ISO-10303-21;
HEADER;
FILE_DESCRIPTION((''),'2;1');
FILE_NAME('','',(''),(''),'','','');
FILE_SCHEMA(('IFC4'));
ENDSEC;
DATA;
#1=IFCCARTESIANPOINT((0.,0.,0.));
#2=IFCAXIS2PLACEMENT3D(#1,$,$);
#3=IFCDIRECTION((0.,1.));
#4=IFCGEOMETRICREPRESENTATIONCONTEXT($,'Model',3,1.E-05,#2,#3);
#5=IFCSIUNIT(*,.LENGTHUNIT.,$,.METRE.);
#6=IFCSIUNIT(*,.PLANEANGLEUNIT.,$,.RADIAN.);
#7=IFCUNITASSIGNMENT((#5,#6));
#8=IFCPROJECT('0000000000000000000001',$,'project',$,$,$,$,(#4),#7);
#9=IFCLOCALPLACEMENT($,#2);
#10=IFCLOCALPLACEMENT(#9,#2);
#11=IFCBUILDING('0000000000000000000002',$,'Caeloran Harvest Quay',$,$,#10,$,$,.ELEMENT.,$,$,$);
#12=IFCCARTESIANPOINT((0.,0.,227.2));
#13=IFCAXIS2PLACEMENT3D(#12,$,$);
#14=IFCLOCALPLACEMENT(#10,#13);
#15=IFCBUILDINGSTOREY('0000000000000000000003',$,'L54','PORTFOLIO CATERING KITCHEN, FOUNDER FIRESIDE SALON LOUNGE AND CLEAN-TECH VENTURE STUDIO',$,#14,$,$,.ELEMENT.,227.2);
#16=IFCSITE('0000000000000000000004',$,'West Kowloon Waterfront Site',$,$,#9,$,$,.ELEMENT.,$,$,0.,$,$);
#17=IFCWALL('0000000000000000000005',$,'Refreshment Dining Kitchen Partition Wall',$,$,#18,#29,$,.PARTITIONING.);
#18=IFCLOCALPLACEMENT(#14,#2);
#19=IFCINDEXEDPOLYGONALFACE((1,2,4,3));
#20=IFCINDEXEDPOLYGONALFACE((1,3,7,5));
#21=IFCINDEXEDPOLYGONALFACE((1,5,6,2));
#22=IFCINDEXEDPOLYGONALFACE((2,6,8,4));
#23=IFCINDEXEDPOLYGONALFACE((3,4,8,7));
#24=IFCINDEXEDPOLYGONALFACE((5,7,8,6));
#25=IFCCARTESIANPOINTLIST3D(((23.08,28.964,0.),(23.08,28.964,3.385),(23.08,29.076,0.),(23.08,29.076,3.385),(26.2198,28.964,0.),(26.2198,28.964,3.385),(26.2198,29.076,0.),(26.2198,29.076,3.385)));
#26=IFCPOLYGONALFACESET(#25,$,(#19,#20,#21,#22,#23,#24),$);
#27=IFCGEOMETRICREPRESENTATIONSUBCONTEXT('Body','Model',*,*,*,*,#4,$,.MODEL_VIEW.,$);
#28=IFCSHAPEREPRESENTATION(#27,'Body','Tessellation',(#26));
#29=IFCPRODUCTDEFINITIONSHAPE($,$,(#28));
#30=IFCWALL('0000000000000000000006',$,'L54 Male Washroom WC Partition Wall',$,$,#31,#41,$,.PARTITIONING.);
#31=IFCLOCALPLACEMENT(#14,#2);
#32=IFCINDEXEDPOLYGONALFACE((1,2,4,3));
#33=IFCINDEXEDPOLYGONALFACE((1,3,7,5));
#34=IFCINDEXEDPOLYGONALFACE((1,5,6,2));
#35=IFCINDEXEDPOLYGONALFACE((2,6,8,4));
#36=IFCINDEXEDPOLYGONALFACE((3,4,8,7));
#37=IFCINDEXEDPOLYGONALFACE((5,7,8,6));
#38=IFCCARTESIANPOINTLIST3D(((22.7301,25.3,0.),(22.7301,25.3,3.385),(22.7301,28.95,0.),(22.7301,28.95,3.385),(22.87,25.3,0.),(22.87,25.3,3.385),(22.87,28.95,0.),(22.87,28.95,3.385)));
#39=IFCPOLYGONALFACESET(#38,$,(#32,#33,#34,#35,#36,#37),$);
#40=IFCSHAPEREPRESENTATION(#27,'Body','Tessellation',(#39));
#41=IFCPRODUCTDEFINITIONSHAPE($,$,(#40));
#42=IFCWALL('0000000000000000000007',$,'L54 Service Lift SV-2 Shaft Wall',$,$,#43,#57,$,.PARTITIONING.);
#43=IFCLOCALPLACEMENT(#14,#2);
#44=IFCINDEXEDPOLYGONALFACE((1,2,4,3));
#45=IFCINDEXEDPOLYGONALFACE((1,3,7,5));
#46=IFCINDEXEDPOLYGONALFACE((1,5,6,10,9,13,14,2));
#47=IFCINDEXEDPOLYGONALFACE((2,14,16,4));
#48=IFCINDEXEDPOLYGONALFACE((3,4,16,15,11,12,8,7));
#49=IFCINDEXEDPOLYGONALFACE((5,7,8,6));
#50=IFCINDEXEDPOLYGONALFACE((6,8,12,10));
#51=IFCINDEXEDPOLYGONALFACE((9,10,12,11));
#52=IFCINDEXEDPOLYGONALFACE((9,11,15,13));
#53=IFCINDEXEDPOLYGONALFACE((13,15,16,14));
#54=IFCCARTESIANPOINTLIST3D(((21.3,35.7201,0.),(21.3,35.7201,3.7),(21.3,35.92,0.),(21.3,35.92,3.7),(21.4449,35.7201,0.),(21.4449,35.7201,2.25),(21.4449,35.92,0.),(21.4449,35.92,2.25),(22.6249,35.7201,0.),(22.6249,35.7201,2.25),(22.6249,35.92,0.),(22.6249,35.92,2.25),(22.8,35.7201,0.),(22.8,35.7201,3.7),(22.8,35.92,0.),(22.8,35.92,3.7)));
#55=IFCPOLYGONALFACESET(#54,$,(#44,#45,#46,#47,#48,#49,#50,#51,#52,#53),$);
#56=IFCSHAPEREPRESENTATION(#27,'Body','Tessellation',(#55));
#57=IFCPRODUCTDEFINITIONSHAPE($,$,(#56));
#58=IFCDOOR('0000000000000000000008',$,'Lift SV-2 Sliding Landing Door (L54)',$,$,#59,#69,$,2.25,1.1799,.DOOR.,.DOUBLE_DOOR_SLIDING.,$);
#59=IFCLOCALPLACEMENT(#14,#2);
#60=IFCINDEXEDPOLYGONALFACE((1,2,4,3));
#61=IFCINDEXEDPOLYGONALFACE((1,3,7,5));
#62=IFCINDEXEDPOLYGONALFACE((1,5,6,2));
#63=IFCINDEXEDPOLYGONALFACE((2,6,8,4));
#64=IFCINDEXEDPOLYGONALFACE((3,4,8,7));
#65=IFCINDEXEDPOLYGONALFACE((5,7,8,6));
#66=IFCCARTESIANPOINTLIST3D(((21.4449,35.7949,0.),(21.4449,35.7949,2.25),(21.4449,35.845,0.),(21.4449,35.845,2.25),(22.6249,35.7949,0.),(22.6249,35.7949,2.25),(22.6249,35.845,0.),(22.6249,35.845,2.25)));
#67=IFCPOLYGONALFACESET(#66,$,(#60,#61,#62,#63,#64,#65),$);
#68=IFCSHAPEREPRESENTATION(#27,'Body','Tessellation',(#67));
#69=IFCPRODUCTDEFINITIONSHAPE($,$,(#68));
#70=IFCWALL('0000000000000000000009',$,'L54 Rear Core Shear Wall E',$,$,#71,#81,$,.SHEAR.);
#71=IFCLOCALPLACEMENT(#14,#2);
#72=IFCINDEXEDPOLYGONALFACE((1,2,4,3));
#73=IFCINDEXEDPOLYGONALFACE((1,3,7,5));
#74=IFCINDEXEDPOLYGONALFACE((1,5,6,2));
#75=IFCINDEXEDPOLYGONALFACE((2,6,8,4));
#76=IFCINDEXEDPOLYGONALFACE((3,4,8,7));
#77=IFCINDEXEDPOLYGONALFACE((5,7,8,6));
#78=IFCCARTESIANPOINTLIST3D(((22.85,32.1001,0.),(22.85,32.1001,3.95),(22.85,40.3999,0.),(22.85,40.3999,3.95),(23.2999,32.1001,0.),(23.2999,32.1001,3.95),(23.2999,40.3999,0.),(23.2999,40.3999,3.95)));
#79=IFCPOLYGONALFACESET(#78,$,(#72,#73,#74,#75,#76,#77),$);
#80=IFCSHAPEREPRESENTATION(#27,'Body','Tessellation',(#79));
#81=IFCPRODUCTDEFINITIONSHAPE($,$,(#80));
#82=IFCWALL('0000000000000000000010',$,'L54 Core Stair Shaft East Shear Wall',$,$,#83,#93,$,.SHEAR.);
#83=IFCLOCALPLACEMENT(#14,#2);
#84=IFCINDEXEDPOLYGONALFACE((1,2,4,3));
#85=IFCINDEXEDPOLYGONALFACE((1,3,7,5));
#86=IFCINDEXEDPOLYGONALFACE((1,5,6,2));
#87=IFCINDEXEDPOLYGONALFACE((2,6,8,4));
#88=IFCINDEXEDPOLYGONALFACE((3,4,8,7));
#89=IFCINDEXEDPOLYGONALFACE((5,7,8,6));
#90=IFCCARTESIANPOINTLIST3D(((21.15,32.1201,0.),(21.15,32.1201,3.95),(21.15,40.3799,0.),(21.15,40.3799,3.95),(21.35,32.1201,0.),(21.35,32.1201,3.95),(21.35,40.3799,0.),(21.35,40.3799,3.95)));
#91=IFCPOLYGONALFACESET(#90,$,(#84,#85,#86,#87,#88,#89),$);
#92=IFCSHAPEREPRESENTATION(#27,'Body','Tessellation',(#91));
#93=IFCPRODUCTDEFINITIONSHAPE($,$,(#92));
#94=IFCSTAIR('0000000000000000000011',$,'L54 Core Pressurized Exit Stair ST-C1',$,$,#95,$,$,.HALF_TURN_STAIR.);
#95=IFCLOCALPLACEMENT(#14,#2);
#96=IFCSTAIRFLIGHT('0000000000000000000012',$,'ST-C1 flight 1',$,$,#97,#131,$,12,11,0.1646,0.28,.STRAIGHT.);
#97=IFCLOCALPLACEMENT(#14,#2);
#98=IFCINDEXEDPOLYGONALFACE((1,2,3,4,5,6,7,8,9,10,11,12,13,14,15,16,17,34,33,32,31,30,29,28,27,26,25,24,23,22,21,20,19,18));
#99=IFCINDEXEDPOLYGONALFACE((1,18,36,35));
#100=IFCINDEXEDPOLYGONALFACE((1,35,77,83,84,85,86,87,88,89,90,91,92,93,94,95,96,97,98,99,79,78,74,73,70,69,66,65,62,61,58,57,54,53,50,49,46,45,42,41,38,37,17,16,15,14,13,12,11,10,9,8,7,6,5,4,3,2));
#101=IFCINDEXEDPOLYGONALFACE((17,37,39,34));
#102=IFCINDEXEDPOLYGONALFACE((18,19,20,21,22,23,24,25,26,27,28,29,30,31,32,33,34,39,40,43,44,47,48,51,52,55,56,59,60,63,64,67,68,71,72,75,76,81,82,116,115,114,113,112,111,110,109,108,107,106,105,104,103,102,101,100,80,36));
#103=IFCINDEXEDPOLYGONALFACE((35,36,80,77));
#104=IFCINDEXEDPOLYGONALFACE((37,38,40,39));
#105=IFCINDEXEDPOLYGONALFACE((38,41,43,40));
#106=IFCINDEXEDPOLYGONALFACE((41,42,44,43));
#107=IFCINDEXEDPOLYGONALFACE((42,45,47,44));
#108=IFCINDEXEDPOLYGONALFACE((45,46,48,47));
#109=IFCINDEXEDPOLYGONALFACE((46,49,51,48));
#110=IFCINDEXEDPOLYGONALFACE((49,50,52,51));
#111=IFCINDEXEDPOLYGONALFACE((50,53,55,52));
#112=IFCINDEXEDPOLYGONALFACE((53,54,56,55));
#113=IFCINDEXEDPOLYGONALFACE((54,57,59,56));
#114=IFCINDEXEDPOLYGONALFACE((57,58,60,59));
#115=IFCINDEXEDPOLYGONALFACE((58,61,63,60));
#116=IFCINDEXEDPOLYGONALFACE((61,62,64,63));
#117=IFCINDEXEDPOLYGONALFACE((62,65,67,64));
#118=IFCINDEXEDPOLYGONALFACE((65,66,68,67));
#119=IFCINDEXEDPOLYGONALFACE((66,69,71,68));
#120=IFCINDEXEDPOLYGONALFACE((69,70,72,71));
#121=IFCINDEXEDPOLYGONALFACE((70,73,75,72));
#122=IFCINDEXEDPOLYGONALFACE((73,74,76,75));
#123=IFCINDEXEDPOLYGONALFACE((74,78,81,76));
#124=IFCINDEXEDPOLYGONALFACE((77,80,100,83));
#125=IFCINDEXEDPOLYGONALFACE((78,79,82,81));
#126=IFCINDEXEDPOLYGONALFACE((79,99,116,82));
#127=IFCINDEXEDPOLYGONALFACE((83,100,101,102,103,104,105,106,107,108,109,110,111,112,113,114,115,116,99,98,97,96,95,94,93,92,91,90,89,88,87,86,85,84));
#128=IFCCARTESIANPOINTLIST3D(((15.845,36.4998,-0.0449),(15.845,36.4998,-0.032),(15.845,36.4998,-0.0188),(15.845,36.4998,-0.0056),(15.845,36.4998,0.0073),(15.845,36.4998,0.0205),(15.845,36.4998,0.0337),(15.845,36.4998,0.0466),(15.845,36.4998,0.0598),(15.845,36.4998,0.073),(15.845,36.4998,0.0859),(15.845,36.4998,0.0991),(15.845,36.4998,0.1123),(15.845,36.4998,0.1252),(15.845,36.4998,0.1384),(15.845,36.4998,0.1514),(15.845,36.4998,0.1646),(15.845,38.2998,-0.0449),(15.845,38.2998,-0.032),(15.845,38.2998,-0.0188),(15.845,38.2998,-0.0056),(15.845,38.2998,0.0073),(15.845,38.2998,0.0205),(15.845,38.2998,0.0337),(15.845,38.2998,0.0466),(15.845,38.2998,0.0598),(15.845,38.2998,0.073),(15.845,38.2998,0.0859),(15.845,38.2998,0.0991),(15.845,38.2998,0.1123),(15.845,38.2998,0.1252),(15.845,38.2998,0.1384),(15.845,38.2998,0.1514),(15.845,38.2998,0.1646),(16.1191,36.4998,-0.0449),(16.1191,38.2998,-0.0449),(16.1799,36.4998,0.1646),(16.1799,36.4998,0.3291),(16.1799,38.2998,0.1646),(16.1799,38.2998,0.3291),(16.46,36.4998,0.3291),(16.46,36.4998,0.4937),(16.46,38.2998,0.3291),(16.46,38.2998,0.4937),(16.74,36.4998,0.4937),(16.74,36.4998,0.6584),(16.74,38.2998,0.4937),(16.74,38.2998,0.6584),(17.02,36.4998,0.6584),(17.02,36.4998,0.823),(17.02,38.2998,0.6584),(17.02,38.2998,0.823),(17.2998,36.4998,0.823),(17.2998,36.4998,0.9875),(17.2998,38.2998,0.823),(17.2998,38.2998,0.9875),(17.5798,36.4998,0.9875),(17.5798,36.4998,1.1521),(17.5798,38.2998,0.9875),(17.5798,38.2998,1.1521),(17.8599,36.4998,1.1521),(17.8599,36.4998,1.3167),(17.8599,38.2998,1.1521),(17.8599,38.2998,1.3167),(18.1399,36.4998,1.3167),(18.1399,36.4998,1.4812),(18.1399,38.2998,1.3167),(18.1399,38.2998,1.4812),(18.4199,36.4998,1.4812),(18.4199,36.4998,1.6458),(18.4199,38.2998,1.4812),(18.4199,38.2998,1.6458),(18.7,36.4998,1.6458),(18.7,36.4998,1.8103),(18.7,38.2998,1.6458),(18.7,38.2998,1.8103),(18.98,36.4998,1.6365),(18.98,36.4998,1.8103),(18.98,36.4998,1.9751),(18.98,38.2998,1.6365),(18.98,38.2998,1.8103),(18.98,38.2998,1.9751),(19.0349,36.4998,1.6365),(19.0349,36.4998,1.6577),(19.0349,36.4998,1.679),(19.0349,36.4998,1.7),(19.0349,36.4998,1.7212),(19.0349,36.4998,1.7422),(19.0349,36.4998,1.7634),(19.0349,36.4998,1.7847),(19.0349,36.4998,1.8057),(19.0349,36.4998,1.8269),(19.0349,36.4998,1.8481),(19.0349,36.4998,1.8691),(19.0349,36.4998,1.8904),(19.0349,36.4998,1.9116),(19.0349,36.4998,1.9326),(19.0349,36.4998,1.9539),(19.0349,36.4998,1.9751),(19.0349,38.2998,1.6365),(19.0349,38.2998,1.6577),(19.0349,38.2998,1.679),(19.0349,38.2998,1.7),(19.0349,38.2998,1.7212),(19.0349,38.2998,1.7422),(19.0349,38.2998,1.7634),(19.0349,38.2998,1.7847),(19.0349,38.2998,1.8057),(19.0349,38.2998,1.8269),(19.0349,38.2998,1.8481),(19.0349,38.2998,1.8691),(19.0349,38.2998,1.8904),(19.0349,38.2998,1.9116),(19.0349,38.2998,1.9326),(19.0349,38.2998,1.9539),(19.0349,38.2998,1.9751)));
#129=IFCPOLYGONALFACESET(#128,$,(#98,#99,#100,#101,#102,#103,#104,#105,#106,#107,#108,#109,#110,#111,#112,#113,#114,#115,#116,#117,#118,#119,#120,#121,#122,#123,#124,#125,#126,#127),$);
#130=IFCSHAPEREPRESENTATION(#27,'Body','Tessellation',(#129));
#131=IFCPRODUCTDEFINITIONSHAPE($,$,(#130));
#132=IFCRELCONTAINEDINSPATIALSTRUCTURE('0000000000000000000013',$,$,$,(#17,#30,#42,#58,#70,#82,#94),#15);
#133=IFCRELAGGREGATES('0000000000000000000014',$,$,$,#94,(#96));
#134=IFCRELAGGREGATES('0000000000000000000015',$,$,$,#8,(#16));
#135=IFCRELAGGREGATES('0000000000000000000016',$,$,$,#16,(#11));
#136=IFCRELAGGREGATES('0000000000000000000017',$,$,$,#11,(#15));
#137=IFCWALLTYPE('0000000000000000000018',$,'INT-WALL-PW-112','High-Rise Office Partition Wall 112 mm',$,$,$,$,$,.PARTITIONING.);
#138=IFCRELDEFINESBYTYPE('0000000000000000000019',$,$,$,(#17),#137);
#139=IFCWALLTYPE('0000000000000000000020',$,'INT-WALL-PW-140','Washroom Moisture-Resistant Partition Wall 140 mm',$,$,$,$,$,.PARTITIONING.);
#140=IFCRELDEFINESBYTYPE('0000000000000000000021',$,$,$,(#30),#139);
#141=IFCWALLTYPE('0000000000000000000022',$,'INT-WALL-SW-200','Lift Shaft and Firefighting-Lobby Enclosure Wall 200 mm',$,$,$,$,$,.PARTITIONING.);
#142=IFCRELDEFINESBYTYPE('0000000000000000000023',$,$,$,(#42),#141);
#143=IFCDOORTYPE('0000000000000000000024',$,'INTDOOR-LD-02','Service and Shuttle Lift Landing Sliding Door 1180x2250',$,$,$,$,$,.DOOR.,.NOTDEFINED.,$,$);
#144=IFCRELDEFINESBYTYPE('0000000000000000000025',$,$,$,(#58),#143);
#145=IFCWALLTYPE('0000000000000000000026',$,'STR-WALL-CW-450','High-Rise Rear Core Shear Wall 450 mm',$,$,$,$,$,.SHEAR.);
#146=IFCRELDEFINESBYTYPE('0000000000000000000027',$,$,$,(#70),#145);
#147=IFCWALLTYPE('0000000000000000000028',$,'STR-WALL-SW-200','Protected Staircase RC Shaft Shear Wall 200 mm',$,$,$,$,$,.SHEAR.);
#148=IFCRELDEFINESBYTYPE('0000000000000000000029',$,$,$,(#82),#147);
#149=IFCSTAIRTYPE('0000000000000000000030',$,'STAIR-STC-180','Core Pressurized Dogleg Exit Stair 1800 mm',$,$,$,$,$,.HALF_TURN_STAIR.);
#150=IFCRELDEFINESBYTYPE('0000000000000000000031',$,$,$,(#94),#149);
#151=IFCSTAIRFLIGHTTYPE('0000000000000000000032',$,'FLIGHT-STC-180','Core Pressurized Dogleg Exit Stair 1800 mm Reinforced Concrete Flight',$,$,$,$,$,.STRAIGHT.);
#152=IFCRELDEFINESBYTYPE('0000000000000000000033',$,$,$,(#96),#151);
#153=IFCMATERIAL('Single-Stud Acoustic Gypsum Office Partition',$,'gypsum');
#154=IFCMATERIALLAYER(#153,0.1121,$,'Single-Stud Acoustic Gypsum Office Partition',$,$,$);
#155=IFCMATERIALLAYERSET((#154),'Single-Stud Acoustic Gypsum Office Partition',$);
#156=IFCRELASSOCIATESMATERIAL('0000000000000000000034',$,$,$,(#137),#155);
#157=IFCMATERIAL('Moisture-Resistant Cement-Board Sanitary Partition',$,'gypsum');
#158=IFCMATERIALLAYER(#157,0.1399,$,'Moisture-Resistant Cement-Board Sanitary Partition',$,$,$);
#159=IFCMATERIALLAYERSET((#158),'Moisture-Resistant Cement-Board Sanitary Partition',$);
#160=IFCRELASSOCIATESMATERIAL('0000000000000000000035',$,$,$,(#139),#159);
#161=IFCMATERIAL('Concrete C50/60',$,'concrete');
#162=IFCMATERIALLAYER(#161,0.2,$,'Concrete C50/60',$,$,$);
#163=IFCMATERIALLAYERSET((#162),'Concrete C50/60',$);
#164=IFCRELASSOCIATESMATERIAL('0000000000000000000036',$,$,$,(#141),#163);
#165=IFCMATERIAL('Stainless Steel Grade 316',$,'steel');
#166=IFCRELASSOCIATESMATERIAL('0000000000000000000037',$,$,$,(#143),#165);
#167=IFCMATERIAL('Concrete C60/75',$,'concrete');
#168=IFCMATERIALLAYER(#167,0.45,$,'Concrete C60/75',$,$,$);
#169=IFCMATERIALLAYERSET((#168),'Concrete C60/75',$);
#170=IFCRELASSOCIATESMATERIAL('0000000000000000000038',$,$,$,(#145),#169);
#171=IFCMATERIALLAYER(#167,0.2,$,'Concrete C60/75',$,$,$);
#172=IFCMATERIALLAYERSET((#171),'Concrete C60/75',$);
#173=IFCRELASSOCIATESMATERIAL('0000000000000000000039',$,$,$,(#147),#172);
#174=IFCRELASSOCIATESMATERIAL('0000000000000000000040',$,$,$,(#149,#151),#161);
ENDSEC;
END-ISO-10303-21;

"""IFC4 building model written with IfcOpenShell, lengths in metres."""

from ifc_helpers import new_model, si_unit, direction, frame, frame_2d, origin, place, context, subcontext, project, spatial, polyline, rectangle, outline, extrude, material, layer, layer_set, type_object, element, fill, aggregate, save


model = new_model("IFC4")

# Units and contexts
model_context = context("Model", 3, precision=1e-05, world=origin(), true_north=direction((0.0, 1.0)))
body_context = subcontext(model_context, "Body", "Model", "MODEL_VIEW")
ifc_project = project(units=[si_unit("LENGTHUNIT", "METRE"), si_unit("PLANEANGLEUNIT", "RADIAN")], contexts=[model_context])

# Site, building, storey
site_placement = place(None, origin())
site = spatial("IfcSite", under=ifc_project, at=site_placement, Name="West Kowloon Waterfront Site", CompositionType="ELEMENT", RefElevation=0.0)
building_placement = place(site_placement, origin())
building = spatial("IfcBuilding", under=site, at=building_placement, Name="Caeloran Harvest Quay", CompositionType="ELEMENT")
storey_placement = place(building_placement, frame((0.0, 0.0, 227.2)))
storey = spatial("IfcBuildingStorey", under=building, at=storey_placement, Name="L54", Description="PORTFOLIO CATERING KITCHEN, FOUNDER FIRESIDE SALON LOUNGE AND CLEAN-TECH VENTURE STUDIO", CompositionType="ELEMENT", Elevation=227.2)

# Walls
ifc_material_1 = material(Name="Single-Stud Acoustic Gypsum Office Partition", Category="gypsum")
ifc_layer_1 = layer(ifc_material_1, 0.1121, Name="Single-Stud Acoustic Gypsum Office Partition")
ifc_layer_set_1 = layer_set([ifc_layer_1], Name="Single-Stud Acoustic Gypsum Office Partition")
wall_type_1 = type_object("IfcWallType", Name="INT-WALL-PW-112", Description="High-Rise Office Partition Wall 112 mm", PredefinedType="PARTITIONING", material=ifc_layer_set_1)
wall_1_placement = place(storey_placement, frame((23.0801, 29.02, 0.0), z_axis=(0.0, 0.0, 1.0), x_axis=(1.0, 0.0, 0.0)))
element("IfcWall", 1, at=wall_1_placement, inside=storey, type_object=wall_type_1, Name="Refreshment Dining Kitchen Partition Wall", PredefinedType="PARTITIONING", context=body_context, shape_type="SweptSolid", body=[
    extrude(rectangle(XDim=3.1399, YDim=0.1121, at=frame_2d((1.5698, 0.0))), origin(), (0.0, 0.0, 1.0), 3.385),
])
ifc_material_2 = material(Name="Moisture-Resistant Cement-Board Sanitary Partition", Category="gypsum")
ifc_layer_2 = layer(ifc_material_2, 0.1399, Name="Moisture-Resistant Cement-Board Sanitary Partition")
ifc_layer_set_2 = layer_set([ifc_layer_2], Name="Moisture-Resistant Cement-Board Sanitary Partition")
wall_type_2 = type_object("IfcWallType", Name="INT-WALL-PW-140", Description="Washroom Moisture-Resistant Partition Wall 140 mm", PredefinedType="PARTITIONING", material=ifc_layer_set_2)
wall_2_placement = place(storey_placement, frame((22.8, 28.95, 0.0), z_axis=(0.0, 0.0, 1.0), x_axis=(0.0, -1.0, 0.0)))
element("IfcWall", 2, at=wall_2_placement, inside=storey, type_object=wall_type_2, Name="L54 Male Washroom WC Partition Wall", PredefinedType="PARTITIONING", context=body_context, shape_type="SweptSolid", body=[
    extrude(rectangle(XDim=3.6499, YDim=0.1399, at=frame_2d((1.825, 0.0))), origin(), (0.0, 0.0, 1.0), 3.385),
])

# Wall, opening, door
ifc_material_3 = material(Name="Concrete C50/60", Category="concrete")
ifc_layer_3 = layer(ifc_material_3, 0.2, Name="Concrete C50/60")
ifc_layer_set_3 = layer_set([ifc_layer_3], Name="Concrete C50/60")
wall_type_3 = type_object("IfcWallType", Name="INT-WALL-SW-200", Description="Lift Shaft and Firefighting-Lobby Enclosure Wall 200 mm", PredefinedType="PARTITIONING", material=ifc_layer_set_3)
wall_3_placement = place(storey_placement, frame((21.3, 35.8201, 0.0), z_axis=(0.0, 0.0, 1.0), x_axis=(1.0, 0.0, 0.0)))
wall_3 = element("IfcWall", 3, at=wall_3_placement, inside=storey, type_object=wall_type_3, Name="L54 Service Lift SV-2 Shaft Wall", PredefinedType="PARTITIONING", context=body_context, shape_type="SweptSolid", body=[
    extrude(rectangle(XDim=1.5, YDim=0.2, at=frame_2d((0.75, 0.0))), origin(), (0.0, 0.0, 1.0), 3.7),
])
opening_placement = place(wall_3_placement, frame((0.145, 0.0, 0.0)))
opening = element("IfcOpeningElement", 4, at=opening_placement, cuts=wall_3, PredefinedType="OPENING", context=body_context, shape_type="SweptSolid", body=[
    extrude(rectangle(XDim=1.1799, YDim=2.25, at=frame_2d((0.5898, 1.125))), frame((0.0, 0.1099, 0.0), z_axis=(0.0, -1.0, 0.0), x_axis=(1.0, 0.0, 0.0)), (0.0, 0.0, 1.0), 0.22),
])
ifc_material_4 = material(Name="Stainless Steel Grade 316", Category="steel")
door_type = type_object("IfcDoorType", Name="INTDOOR-LD-02", Description="Service and Shuttle Lift Landing Sliding Door 1180x2250", OperationType="NOTDEFINED", PredefinedType="DOOR", material=ifc_material_4)
door_placement = place(opening_placement, origin())
door = element("IfcDoor", 5, at=door_placement, inside=storey, type_object=door_type, Name="Lift SV-2 Sliding Landing Door (L54)", OperationType="DOUBLE_DOOR_SLIDING", OverallHeight=2.25, OverallWidth=1.1799, PredefinedType="DOOR", context=body_context, shape_type="SweptSolid", body=[
    extrude(rectangle(XDim=1.1799, YDim=2.25, at=frame_2d((0.5898, 1.125))), frame((0.0, 0.0249, 0.0), z_axis=(0.0, -1.0, 0.0), x_axis=(1.0, 0.0, 0.0)), (0.0, 0.0, 1.0), 0.05),
])
fill(opening, door)

# Walls
ifc_material_5 = material(Name="Concrete C60/75", Category="concrete")
ifc_layer_4 = layer(ifc_material_5, 0.45, Name="Concrete C60/75")
ifc_layer_set_4 = layer_set([ifc_layer_4], Name="Concrete C60/75")
wall_type_4 = type_object("IfcWallType", Name="STR-WALL-CW-450", Description="High-Rise Rear Core Shear Wall 450 mm", PredefinedType="SHEAR", material=ifc_layer_set_4)
wall_4_placement = place(storey_placement, frame((23.075, 32.1001, 0.0), z_axis=(0.0, 0.0, 1.0), x_axis=(0.0, 1.0, 0.0)))
element("IfcWall", 6, at=wall_4_placement, inside=storey, type_object=wall_type_4, Name="L54 Rear Core Shear Wall E", PredefinedType="SHEAR", context=body_context, shape_type="SweptSolid", body=[
    extrude(rectangle(XDim=8.2998, YDim=0.45, at=frame_2d((4.1499, 0.0))), origin(), (0.0, 0.0, 1.0), 3.95),
])
ifc_layer_5 = layer(ifc_material_5, 0.2, Name="Concrete C60/75")
ifc_layer_set_5 = layer_set([ifc_layer_5], Name="Concrete C60/75")
wall_type_5 = type_object("IfcWallType", Name="STR-WALL-SW-200", Description="Protected Staircase RC Shaft Shear Wall 200 mm", PredefinedType="SHEAR", material=ifc_layer_set_5)
wall_5_placement = place(storey_placement, frame((21.25, 32.1201, 0.0), z_axis=(0.0, 0.0, 1.0), x_axis=(0.0, 1.0, 0.0)))
element("IfcWall", 7, at=wall_5_placement, inside=storey, type_object=wall_type_5, Name="L54 Core Stair Shaft East Shear Wall", PredefinedType="SHEAR", context=body_context, shape_type="SweptSolid", body=[
    extrude(rectangle(XDim=8.2598, YDim=0.2, at=frame_2d((4.1299, 0.0))), origin(), (0.0, 0.0, 1.0), 3.95),
])

# Stair, stair flight
stair_type = type_object("IfcStairType", Name="STAIR-STC-180", Description="Core Pressurized Dogleg Exit Stair 1800 mm", PredefinedType="HALF_TURN_STAIR", material=ifc_material_3)
stair_1_placement = place(storey_placement, origin())
stair_1 = element("IfcStair", 8, at=stair_1_placement, inside=storey, type_object=stair_type, Name="L54 Core Pressurized Exit Stair ST-C1", PredefinedType="HALF_TURN_STAIR")
stair_flight_type = type_object("IfcStairFlightType", Name="FLIGHT-STC-180", Description="Core Pressurized Dogleg Exit Stair 1800 mm Reinforced Concrete Flight", PredefinedType="STRAIGHT", material=ifc_material_3)
stair_flight_1_placement = place(storey_placement, frame((15.8999, 37.3999, 0.0), z_axis=(0.0, 0.0, 1.0), x_axis=(1.0, 0.0, 0.0)))
stair_flight_1 = element("IfcStairFlight", 9, at=stair_flight_1_placement, type_object=stair_flight_type, Name="ST-C1 flight 1", NumberOfRisers=12, NumberOfTreads=11, PredefinedType="STRAIGHT", RiserHeight=0.1646, TreadLength=0.28, context=body_context, shape_type="SweptSolid", body=[
    extrude(outline(polyline([(-0.0549, -0.0449), (-0.0549, -0.032), (-0.0549, -0.0188), (-0.0549, -0.0056), (-0.0549, 0.0073), (-0.0549, 0.0205), (-0.0549, 0.0337), (-0.0549, 0.0466), (-0.0549, 0.0598), (-0.0549, 0.073), (-0.0549, 0.0859), (-0.0549, 0.0991), (-0.0549, 0.1123), (-0.0549, 0.1252), (-0.0549, 0.1384), (-0.0549, 0.1514), (-0.0549, 0.1646), (0.28, 0.1646), (0.28, 0.3291), (0.5601, 0.3291), (0.5601, 0.4937), (0.8401, 0.4937), (0.8401, 0.6584), (1.1201, 0.6584), (1.1201, 0.823), (1.3999, 0.823), (1.3999, 0.9875), (1.6799, 0.9875), (1.6799, 1.1521), (1.96, 1.1521), (1.96, 1.3167), (2.24, 1.3167), (2.24, 1.4812), (2.52, 1.4812), (2.52, 1.6458), (2.8, 1.6458), (2.8, 1.8103), (3.0801, 1.8103), (3.0801, 1.9751), (3.135, 1.9751), (3.135, 1.9539), (3.135, 1.9326), (3.135, 1.9116), (3.135, 1.8904), (3.135, 1.8691), (3.135, 1.8481), (3.135, 1.8269), (3.135, 1.8057), (3.135, 1.7847), (3.135, 1.7634), (3.135, 1.7422), (3.135, 1.7212), (3.135, 1.7), (3.135, 1.679), (3.135, 1.6577), (3.135, 1.6365), (3.0801, 1.6365), (0.2192, -0.0449), (-0.0549, -0.0449)])), frame((0.0, 0.8999, 0.0), z_axis=(0.0, -1.0, 0.0), x_axis=(1.0, 0.0, 0.0)), (0.0, 0.0, 1.0), 1.8),
])
aggregate(stair_1, [stair_flight_1])

save(model, "model.ifc")
